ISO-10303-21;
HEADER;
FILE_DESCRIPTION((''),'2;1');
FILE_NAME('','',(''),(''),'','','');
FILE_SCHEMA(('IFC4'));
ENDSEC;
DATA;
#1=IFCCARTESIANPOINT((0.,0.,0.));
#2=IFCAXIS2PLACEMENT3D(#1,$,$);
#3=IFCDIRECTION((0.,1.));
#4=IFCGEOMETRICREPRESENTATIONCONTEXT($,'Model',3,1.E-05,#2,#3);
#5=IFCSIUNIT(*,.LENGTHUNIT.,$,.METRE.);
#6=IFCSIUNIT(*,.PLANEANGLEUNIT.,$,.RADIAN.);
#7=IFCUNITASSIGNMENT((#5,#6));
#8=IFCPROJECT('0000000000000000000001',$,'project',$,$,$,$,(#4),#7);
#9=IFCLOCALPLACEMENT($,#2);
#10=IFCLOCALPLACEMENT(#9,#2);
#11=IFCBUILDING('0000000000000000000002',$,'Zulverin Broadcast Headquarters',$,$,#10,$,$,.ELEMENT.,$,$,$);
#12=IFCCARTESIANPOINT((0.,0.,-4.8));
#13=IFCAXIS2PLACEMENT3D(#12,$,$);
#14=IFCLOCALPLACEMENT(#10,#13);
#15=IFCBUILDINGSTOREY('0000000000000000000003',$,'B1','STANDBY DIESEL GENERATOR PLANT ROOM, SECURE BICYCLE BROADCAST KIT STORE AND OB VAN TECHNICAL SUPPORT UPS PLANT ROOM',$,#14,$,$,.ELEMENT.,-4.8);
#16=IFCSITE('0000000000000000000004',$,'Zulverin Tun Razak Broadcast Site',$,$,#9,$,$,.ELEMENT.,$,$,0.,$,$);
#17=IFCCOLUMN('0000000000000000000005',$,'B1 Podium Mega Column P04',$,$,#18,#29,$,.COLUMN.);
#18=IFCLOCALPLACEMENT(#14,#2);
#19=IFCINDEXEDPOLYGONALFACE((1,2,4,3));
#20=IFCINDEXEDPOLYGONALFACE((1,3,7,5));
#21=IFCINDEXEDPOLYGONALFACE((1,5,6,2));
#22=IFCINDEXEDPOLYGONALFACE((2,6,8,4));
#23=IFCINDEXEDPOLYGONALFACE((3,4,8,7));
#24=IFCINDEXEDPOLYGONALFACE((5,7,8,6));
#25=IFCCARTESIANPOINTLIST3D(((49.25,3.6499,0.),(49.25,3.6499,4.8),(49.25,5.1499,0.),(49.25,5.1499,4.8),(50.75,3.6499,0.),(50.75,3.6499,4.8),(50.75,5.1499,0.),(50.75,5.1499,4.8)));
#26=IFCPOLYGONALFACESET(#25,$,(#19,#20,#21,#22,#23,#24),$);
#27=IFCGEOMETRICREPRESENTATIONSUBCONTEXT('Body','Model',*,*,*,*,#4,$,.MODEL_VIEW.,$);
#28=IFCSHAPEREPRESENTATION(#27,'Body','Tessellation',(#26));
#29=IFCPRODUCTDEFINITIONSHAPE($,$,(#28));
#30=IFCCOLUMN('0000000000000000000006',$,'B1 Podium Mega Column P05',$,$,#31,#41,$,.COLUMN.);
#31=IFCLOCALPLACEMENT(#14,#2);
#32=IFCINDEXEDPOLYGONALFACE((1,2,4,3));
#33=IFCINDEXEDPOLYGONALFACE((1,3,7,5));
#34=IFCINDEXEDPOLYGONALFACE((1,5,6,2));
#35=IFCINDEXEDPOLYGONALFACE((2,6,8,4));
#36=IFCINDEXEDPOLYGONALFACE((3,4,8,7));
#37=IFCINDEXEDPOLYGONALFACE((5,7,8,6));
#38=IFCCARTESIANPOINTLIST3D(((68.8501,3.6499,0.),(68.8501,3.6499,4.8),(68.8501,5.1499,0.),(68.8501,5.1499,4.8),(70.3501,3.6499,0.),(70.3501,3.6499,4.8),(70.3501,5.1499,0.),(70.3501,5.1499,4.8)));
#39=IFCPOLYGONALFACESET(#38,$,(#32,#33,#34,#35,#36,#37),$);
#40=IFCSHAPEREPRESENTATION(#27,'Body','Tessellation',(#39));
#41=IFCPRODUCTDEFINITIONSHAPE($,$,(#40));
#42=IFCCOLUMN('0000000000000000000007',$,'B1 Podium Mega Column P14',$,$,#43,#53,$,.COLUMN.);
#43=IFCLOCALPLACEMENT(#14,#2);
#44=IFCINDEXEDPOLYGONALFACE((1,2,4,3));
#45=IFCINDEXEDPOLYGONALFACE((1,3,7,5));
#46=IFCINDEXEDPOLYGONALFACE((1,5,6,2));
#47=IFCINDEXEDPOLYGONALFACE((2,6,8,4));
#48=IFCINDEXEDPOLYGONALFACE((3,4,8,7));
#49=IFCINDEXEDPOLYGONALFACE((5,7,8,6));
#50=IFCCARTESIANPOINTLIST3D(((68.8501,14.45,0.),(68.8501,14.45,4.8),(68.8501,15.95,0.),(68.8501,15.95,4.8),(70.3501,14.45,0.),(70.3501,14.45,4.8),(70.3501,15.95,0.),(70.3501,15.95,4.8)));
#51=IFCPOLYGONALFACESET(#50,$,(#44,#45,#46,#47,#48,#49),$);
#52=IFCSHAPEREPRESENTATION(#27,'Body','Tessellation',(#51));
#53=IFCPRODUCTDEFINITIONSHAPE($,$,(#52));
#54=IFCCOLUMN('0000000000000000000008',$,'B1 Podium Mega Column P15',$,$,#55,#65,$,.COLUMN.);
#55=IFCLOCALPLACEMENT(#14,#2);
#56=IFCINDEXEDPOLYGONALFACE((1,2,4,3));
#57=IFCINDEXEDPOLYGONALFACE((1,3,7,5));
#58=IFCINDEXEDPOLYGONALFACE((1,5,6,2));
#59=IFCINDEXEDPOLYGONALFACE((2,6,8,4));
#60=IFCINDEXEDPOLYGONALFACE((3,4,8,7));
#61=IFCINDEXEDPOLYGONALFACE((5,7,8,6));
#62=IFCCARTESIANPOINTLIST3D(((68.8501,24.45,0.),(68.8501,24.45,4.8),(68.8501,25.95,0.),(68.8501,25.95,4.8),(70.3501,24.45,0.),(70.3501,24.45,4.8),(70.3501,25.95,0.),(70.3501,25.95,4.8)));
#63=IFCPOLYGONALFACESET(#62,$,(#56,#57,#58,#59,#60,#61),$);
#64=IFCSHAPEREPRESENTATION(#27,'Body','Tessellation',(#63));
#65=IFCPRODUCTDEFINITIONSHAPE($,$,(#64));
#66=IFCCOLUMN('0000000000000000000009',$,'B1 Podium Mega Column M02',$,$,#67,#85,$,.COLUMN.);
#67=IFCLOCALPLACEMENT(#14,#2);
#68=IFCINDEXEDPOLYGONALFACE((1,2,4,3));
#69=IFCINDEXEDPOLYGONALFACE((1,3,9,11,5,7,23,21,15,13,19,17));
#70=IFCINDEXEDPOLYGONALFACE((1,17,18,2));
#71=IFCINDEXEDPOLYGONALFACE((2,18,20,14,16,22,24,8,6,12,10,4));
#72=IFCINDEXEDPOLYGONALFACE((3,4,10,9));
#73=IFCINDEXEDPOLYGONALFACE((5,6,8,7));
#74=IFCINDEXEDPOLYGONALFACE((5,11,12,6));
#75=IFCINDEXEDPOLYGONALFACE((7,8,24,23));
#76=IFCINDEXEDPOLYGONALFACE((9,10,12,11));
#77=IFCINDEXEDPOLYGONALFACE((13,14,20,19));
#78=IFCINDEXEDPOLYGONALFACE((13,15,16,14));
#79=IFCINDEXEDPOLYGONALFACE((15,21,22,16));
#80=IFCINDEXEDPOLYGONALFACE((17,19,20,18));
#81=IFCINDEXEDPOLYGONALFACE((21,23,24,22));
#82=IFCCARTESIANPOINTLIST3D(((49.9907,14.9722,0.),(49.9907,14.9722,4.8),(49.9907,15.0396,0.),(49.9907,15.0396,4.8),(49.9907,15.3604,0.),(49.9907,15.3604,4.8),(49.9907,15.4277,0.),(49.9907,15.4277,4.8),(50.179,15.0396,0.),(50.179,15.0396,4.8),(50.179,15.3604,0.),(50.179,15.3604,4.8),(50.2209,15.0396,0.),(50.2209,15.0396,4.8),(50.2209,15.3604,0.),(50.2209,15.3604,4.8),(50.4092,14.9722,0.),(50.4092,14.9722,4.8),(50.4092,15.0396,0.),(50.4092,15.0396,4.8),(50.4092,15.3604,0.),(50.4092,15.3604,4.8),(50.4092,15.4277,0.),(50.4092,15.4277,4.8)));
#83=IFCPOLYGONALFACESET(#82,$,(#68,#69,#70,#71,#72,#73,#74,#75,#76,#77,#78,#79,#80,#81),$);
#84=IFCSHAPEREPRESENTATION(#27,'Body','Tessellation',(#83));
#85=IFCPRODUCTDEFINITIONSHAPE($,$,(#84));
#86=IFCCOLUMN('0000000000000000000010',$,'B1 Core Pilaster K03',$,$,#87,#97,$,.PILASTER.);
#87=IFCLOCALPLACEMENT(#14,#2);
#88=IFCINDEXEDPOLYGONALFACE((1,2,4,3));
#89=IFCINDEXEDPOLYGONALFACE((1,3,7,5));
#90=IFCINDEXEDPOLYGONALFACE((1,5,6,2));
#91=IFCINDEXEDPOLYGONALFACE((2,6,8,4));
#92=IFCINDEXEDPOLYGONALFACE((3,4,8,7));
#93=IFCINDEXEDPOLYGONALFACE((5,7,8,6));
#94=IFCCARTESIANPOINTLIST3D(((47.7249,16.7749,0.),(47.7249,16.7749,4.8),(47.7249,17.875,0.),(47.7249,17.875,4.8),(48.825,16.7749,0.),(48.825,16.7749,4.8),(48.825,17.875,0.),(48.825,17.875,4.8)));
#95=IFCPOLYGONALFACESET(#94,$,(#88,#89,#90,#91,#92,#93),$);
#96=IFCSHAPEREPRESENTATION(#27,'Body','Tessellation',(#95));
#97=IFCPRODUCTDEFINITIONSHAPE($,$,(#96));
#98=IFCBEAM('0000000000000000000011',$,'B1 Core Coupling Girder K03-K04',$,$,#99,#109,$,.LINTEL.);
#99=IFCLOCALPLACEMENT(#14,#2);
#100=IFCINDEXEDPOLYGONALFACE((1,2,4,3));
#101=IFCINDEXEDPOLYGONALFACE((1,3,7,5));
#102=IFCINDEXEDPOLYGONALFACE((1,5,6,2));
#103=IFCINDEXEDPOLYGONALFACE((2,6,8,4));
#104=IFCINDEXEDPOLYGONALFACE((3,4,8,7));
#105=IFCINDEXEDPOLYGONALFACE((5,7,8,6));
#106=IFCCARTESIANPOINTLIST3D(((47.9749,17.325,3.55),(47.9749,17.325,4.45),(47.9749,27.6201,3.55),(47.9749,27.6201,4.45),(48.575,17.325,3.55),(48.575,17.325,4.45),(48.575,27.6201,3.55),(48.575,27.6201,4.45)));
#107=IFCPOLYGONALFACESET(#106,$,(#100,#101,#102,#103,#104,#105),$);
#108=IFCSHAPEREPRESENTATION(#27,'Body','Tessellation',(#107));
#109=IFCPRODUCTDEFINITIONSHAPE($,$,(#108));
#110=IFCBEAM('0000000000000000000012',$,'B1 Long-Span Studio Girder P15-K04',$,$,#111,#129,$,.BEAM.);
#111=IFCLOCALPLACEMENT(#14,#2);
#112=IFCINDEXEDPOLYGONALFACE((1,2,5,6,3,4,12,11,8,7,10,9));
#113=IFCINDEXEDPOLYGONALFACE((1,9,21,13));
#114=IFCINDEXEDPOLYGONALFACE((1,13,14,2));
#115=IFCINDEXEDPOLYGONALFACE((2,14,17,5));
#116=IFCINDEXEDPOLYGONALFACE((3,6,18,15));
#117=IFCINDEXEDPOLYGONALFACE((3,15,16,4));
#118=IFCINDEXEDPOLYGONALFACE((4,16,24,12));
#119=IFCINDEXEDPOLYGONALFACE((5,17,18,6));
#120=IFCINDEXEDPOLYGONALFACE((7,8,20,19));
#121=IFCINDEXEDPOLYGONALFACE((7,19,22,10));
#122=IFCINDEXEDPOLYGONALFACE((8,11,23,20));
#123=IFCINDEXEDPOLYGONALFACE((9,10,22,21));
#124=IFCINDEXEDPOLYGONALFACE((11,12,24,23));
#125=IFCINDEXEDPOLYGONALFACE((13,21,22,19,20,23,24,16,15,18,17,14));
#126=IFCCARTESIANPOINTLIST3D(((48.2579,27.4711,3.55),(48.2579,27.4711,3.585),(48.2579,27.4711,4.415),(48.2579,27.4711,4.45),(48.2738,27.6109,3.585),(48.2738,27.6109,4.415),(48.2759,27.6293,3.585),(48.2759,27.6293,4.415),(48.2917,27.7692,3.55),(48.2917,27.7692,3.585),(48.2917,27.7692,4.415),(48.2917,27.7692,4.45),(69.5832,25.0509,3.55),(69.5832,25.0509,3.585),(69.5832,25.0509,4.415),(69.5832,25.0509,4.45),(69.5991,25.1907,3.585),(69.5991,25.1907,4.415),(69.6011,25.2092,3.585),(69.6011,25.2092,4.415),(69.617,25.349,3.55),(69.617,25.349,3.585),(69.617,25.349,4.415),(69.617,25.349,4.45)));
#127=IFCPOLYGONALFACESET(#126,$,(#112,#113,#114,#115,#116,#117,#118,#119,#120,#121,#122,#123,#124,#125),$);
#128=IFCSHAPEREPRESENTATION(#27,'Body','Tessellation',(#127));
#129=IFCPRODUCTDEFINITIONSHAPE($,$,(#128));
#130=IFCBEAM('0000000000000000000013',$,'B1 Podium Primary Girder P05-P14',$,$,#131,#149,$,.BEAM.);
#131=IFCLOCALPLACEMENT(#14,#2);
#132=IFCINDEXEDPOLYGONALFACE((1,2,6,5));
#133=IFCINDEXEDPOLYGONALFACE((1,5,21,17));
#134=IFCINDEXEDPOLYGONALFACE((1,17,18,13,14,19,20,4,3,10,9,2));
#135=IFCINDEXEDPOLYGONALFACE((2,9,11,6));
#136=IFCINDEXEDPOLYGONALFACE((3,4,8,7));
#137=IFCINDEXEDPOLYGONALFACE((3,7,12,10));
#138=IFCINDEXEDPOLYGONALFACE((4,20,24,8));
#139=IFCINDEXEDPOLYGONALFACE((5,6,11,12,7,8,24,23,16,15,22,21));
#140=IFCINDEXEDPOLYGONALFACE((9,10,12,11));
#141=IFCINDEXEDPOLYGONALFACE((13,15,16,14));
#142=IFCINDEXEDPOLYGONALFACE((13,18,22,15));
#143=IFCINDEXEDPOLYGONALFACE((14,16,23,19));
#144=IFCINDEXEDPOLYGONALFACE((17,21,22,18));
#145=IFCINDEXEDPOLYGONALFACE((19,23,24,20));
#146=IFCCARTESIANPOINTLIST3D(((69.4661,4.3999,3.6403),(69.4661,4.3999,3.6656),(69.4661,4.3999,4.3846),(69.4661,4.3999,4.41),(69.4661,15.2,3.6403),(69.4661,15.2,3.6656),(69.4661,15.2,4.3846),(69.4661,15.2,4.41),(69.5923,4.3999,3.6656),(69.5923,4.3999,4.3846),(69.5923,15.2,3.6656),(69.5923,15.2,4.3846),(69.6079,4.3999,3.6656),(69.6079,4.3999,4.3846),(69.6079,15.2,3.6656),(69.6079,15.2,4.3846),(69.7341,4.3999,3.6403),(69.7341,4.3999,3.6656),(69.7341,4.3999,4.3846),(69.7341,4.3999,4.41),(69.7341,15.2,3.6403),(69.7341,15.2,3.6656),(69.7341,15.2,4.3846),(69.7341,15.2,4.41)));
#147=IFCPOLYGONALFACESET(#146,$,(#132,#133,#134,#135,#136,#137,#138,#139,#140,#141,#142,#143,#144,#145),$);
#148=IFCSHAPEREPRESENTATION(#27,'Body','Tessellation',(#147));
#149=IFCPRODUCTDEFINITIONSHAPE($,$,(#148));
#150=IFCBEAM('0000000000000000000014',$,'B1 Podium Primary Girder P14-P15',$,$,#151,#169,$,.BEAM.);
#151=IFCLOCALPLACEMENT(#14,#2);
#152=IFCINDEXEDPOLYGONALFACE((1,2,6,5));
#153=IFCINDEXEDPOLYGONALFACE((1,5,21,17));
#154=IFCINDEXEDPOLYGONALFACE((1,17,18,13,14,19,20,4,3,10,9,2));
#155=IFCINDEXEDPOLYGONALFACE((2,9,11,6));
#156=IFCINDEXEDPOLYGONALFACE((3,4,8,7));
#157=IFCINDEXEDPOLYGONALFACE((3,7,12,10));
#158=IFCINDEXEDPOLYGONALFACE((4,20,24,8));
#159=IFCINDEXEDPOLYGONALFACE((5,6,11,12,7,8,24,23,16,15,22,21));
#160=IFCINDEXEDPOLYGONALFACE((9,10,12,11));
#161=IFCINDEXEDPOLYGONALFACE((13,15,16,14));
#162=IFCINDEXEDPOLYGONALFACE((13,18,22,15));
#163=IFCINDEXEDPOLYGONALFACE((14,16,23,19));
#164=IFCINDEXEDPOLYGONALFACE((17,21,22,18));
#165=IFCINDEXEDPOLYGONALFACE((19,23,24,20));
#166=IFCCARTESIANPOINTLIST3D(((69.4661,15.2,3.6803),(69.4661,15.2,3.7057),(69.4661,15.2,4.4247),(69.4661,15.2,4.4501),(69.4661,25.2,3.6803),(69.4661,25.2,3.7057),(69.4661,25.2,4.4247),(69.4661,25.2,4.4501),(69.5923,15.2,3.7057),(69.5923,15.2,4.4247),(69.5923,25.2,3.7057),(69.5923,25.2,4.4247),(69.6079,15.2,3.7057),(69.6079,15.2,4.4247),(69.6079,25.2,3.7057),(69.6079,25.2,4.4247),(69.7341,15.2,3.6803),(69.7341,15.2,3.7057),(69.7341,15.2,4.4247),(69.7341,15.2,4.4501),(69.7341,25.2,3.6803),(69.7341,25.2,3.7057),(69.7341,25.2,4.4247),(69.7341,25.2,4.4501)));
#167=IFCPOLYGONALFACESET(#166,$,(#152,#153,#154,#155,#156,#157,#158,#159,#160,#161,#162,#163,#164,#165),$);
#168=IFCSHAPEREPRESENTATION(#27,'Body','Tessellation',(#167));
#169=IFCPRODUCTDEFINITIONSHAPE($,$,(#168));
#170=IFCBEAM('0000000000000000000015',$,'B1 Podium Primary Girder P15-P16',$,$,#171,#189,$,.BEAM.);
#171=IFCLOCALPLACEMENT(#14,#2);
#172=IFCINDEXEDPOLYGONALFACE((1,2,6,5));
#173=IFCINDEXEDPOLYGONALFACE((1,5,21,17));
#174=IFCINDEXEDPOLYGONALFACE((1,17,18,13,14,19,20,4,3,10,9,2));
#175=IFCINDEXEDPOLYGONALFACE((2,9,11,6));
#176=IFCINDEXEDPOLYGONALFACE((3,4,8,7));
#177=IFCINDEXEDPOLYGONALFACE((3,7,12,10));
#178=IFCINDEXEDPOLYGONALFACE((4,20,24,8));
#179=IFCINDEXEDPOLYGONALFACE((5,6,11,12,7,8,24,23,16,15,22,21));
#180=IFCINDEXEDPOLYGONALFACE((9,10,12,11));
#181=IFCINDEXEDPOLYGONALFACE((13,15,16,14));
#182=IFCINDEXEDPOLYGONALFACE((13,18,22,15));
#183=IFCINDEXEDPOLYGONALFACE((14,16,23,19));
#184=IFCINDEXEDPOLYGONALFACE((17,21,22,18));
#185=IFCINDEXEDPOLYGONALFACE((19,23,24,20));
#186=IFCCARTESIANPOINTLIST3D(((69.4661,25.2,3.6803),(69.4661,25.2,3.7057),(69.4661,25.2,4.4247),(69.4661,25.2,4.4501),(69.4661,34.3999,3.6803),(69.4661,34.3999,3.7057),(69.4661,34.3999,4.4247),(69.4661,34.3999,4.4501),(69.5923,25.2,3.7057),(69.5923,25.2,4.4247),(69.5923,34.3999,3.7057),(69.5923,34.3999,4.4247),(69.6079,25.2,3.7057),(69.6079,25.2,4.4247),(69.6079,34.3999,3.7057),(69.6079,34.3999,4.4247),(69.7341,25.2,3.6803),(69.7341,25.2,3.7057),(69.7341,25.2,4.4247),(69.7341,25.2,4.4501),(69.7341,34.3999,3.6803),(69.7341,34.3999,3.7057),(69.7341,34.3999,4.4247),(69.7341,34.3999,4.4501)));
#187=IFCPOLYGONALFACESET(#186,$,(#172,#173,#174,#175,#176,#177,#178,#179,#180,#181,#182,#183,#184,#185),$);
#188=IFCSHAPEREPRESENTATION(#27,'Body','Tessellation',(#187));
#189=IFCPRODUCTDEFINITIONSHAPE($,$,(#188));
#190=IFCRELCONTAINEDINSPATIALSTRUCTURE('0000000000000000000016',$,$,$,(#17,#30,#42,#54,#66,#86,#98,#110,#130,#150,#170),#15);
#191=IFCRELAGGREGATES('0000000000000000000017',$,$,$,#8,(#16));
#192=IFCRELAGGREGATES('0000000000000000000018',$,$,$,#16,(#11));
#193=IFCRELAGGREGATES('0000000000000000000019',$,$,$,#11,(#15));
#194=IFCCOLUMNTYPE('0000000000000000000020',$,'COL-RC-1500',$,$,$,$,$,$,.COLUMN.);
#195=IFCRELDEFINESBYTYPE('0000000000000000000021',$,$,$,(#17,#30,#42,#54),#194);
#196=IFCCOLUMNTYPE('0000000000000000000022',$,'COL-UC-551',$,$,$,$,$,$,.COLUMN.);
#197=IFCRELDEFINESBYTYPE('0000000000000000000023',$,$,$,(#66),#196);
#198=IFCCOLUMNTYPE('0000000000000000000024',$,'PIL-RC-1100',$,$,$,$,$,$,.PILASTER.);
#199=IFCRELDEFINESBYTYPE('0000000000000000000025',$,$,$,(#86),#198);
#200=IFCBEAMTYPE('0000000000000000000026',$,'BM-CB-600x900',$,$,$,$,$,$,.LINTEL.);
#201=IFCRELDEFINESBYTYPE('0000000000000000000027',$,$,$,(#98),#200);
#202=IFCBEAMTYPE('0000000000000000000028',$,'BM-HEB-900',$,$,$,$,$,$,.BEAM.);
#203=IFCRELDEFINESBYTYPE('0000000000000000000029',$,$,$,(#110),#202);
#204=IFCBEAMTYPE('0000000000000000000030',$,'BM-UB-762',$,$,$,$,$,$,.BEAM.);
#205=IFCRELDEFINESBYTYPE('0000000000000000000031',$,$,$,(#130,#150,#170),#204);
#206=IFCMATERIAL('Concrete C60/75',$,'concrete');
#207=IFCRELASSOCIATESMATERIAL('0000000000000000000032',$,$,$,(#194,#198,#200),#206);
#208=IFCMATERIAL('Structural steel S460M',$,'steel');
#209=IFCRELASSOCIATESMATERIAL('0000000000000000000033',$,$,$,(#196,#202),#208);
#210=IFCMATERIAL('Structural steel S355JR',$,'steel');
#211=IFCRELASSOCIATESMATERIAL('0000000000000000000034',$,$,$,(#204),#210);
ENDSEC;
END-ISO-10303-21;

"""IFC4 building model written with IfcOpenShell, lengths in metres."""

from ifc_helpers import new_model, si_unit, direction, frame, origin, origin_2d, place, context, subcontext, project, spatial, rectangle, i_section, extrude, material, material_profile, profile_set, type_object, element, save


model = new_model("IFC4")

# Units and contexts
model_context = context("Model", 3, precision=1e-05, world=origin(), true_north=direction((0.0, 1.0)))
body_context = subcontext(model_context, "Body", "Model", "MODEL_VIEW")
ifc_project = project(units=[si_unit("LENGTHUNIT", "METRE"), si_unit("PLANEANGLEUNIT", "RADIAN")], contexts=[model_context])

# Site, building, storey
site_placement = place(None, origin())
site = spatial("IfcSite", under=ifc_project, at=site_placement, Name="Zulverin Tun Razak Broadcast Site", CompositionType="ELEMENT", RefElevation=0.0)
building_placement = place(site_placement, origin())
building = spatial("IfcBuilding", under=site, at=building_placement, Name="Zulverin Broadcast Headquarters", CompositionType="ELEMENT")
storey_placement = place(building_placement, frame((0.0, 0.0, -4.8)))
storey = spatial("IfcBuildingStorey", under=building, at=storey_placement, Name="B1", Description="STANDBY DIESEL GENERATOR PLANT ROOM, SECURE BICYCLE BROADCAST KIT STORE AND OB VAN TECHNICAL SUPPORT UPS PLANT ROOM", CompositionType="ELEMENT", Elevation=-4.8)

# Columns
ifc_material_1 = material(Name="Concrete C60/75", Category="concrete")
ifc_material_profile_1 = material_profile(ifc_material_1, rectangle(XDim=1.5, YDim=1.5, at=origin_2d()), Name="Concrete C60/75", Category="concrete")
ifc_profile_set_1 = profile_set([ifc_material_profile_1], Name="Concrete C60/75")
column_type_1 = type_object("IfcColumnType", Name="COL-RC-1500", PredefinedType="COLUMN", material=ifc_profile_set_1)
for number, where, z_axis, x_axis, name in (
    (1, (50.0, 4.3999, 0.0), (0.0, 0.0, 1.0), (1.0, 0.0, 0.0), "B1 Podium Mega Column P04"),
    (2, (69.6001, 4.3999, 0.0), (0.0, 0.0, 1.0), (1.0, 0.0, 0.0), "B1 Podium Mega Column P05"),
    (3, (69.6001, 15.2, 0.0), (0.0, 0.0, 1.0), (1.0, 0.0, 0.0), "B1 Podium Mega Column P14"),
    (4, (69.6001, 25.2, 0.0), (0.0, 0.0, 1.0), (1.0, 0.0, 0.0), "B1 Podium Mega Column P15"),
):
    element("IfcColumn", number, at=place(storey_placement, frame(where, z_axis=z_axis, x_axis=x_axis)), inside=storey, type_object=column_type_1, Name=name, PredefinedType="COLUMN", context=body_context, shape_type="SweptSolid", body=[
        extrude(rectangle(XDim=1.5, YDim=1.5, at=origin_2d()), origin(), (0.0, 0.0, 1.0), 4.8),
    ])
ifc_material_2 = material(Name="Structural steel S460M", Category="steel")
ifc_material_profile_2 = material_profile(ifc_material_2, i_section(OverallWidth=0.4185, OverallDepth=0.4556, WebThickness=0.042, FlangeThickness=0.0674, at=origin_2d()), Name="Structural steel S460M", Category="steel")
ifc_profile_set_2 = profile_set([ifc_material_profile_2], Name="Structural steel S460M")
column_type_2 = type_object("IfcColumnType", Name="COL-UC-551", PredefinedType="COLUMN", material=ifc_profile_set_2)
column_1_placement = place(storey_placement, frame((50.2, 15.2, 0.0), z_axis=(0.0, 0.0, 1.0), x_axis=(1.0, 0.0, 0.0)))
element("IfcColumn", 5, at=column_1_placement, inside=storey, type_object=column_type_2, Name="B1 Podium Mega Column M02", PredefinedType="COLUMN", context=body_context, shape_type="SweptSolid", body=[
    extrude(i_section(OverallWidth=0.4185, OverallDepth=0.4556, WebThickness=0.042, FlangeThickness=0.0674, at=origin_2d()), origin(), (0.0, 0.0, 1.0), 4.8),
])
ifc_material_profile_3 = material_profile(ifc_material_1, rectangle(XDim=1.1001, YDim=1.1001, at=origin_2d()), Name="Concrete C60/75", Category="concrete")
ifc_profile_set_3 = profile_set([ifc_material_profile_3], Name="Concrete C60/75")
column_type_3 = type_object("IfcColumnType", Name="PIL-RC-1100", PredefinedType="PILASTER", material=ifc_profile_set_3)
column_2_placement = place(storey_placement, frame((48.2749, 17.325, 0.0), z_axis=(0.0, 0.0, 1.0), x_axis=(1.0, 0.0, 0.0)))
element("IfcColumn", 6, at=column_2_placement, inside=storey, type_object=column_type_3, Name="B1 Core Pilaster K03", PredefinedType="PILASTER", context=body_context, shape_type="SweptSolid", body=[
    extrude(rectangle(XDim=1.1001, YDim=1.1001, at=origin_2d()), origin(), (0.0, 0.0, 1.0), 4.8),
])

# Beams
ifc_material_profile_4 = material_profile(ifc_material_1, rectangle(XDim=0.6001, YDim=0.8999, at=origin_2d()), Name="Concrete C60/75", Category="concrete")
ifc_profile_set_4 = profile_set([ifc_material_profile_4], Name="Concrete C60/75")
beam_type_1 = type_object("IfcBeamType", Name="BM-CB-600x900", PredefinedType="LINTEL", material=ifc_profile_set_4)
beam_1_placement = place(storey_placement, frame((48.2749, 17.325, 4.0), z_axis=(0.0, 1.0, 0.0), x_axis=(-1.0, 0.0, 0.0)))
element("IfcBeam", 7, at=beam_1_placement, inside=storey, type_object=beam_type_1, Name="B1 Core Coupling Girder K03-K04", PredefinedType="LINTEL", context=body_context, shape_type="SweptSolid", body=[
    extrude(rectangle(XDim=0.6001, YDim=0.8999, at=origin_2d()), origin(), (0.0, 0.0, 1.0), 10.2952),
])
ifc_material_profile_5 = material_profile(ifc_material_2, i_section(OverallWidth=0.3, OverallDepth=0.8999, WebThickness=0.0186, FlangeThickness=0.0349, at=origin_2d()), Name="Structural steel S460M", Category="steel")
ifc_profile_set_5 = profile_set([ifc_material_profile_5], Name="Structural steel S460M")
beam_type_2 = type_object("IfcBeamType", Name="BM-HEB-900", PredefinedType="BEAM", material=ifc_profile_set_5)
beam_2_placement = place(storey_placement, frame((69.6001, 25.2, 4.0), z_axis=(-0.993622, 0.112765, 0.0), x_axis=(-0.112765, -0.993622, 0.0)))
element("IfcBeam", 8, at=beam_2_placement, inside=storey, type_object=beam_type_2, Name="B1 Long-Span Studio Girder P15-K04", PredefinedType="BEAM", context=body_context, shape_type="SweptSolid", body=[
    extrude(i_section(OverallWidth=0.3, OverallDepth=0.8999, WebThickness=0.0186, FlangeThickness=0.0349, at=origin_2d()), origin(), (0.0, 0.0, 1.0), 21.4622),
])
ifc_material_3 = material(Name="Structural steel S355JR", Category="steel")
ifc_material_profile_6 = material_profile(ifc_material_3, i_section(OverallWidth=0.2681, OverallDepth=0.7698, WebThickness=0.0156, FlangeThickness=0.0254, at=origin_2d()), Name="Structural steel S355JR", Category="steel")
ifc_profile_set_6 = profile_set([ifc_material_profile_6], Name="Structural steel S355JR")
beam_type_3 = type_object("IfcBeamType", Name="BM-UB-762", PredefinedType="BEAM", material=ifc_profile_set_6)
beam_3_placement = place(storey_placement, frame((69.6001, 4.3999, 4.0251), z_axis=(0.0, 1.0, 0.0), x_axis=(-1.0, 0.0, 0.0)))
element("IfcBeam", 9, at=beam_3_placement, inside=storey, type_object=beam_type_3, Name="B1 Podium Primary Girder P05-P14", PredefinedType="BEAM", context=body_context, shape_type="SweptSolid", body=[
    extrude(i_section(OverallWidth=0.2681, OverallDepth=0.7698, WebThickness=0.0156, FlangeThickness=0.0254, at=origin_2d()), origin(), (0.0, 0.0, 1.0), 10.8),
])
beam_4_placement = place(storey_placement, frame((69.6001, 15.2, 4.0652), z_axis=(0.0, 1.0, 0.0), x_axis=(-1.0, 0.0, 0.0)))
element("IfcBeam", 10, at=beam_4_placement, inside=storey, type_object=beam_type_3, Name="B1 Podium Primary Girder P14-P15", PredefinedType="BEAM", context=body_context, shape_type="SweptSolid", body=[
    extrude(i_section(OverallWidth=0.2681, OverallDepth=0.7698, WebThickness=0.0156, FlangeThickness=0.0254, at=origin_2d()), origin(), (0.0, 0.0, 1.0), 10.0),
])
beam_5_placement = place(storey_placement, frame((69.6001, 25.2, 4.0652), z_axis=(0.0, 1.0, 0.0), x_axis=(-1.0, 0.0, 0.0)))
element("IfcBeam", 11, at=beam_5_placement, inside=storey, type_object=beam_type_3, Name="B1 Podium Primary Girder P15-P16", PredefinedType="BEAM", context=body_context, shape_type="SweptSolid", body=[
    extrude(i_section(OverallWidth=0.2681, OverallDepth=0.7698, WebThickness=0.0156, FlangeThickness=0.0254, at=origin_2d()), origin(), (0.0, 0.0, 1.0), 9.2),
])

save(model, "model.ifc")
